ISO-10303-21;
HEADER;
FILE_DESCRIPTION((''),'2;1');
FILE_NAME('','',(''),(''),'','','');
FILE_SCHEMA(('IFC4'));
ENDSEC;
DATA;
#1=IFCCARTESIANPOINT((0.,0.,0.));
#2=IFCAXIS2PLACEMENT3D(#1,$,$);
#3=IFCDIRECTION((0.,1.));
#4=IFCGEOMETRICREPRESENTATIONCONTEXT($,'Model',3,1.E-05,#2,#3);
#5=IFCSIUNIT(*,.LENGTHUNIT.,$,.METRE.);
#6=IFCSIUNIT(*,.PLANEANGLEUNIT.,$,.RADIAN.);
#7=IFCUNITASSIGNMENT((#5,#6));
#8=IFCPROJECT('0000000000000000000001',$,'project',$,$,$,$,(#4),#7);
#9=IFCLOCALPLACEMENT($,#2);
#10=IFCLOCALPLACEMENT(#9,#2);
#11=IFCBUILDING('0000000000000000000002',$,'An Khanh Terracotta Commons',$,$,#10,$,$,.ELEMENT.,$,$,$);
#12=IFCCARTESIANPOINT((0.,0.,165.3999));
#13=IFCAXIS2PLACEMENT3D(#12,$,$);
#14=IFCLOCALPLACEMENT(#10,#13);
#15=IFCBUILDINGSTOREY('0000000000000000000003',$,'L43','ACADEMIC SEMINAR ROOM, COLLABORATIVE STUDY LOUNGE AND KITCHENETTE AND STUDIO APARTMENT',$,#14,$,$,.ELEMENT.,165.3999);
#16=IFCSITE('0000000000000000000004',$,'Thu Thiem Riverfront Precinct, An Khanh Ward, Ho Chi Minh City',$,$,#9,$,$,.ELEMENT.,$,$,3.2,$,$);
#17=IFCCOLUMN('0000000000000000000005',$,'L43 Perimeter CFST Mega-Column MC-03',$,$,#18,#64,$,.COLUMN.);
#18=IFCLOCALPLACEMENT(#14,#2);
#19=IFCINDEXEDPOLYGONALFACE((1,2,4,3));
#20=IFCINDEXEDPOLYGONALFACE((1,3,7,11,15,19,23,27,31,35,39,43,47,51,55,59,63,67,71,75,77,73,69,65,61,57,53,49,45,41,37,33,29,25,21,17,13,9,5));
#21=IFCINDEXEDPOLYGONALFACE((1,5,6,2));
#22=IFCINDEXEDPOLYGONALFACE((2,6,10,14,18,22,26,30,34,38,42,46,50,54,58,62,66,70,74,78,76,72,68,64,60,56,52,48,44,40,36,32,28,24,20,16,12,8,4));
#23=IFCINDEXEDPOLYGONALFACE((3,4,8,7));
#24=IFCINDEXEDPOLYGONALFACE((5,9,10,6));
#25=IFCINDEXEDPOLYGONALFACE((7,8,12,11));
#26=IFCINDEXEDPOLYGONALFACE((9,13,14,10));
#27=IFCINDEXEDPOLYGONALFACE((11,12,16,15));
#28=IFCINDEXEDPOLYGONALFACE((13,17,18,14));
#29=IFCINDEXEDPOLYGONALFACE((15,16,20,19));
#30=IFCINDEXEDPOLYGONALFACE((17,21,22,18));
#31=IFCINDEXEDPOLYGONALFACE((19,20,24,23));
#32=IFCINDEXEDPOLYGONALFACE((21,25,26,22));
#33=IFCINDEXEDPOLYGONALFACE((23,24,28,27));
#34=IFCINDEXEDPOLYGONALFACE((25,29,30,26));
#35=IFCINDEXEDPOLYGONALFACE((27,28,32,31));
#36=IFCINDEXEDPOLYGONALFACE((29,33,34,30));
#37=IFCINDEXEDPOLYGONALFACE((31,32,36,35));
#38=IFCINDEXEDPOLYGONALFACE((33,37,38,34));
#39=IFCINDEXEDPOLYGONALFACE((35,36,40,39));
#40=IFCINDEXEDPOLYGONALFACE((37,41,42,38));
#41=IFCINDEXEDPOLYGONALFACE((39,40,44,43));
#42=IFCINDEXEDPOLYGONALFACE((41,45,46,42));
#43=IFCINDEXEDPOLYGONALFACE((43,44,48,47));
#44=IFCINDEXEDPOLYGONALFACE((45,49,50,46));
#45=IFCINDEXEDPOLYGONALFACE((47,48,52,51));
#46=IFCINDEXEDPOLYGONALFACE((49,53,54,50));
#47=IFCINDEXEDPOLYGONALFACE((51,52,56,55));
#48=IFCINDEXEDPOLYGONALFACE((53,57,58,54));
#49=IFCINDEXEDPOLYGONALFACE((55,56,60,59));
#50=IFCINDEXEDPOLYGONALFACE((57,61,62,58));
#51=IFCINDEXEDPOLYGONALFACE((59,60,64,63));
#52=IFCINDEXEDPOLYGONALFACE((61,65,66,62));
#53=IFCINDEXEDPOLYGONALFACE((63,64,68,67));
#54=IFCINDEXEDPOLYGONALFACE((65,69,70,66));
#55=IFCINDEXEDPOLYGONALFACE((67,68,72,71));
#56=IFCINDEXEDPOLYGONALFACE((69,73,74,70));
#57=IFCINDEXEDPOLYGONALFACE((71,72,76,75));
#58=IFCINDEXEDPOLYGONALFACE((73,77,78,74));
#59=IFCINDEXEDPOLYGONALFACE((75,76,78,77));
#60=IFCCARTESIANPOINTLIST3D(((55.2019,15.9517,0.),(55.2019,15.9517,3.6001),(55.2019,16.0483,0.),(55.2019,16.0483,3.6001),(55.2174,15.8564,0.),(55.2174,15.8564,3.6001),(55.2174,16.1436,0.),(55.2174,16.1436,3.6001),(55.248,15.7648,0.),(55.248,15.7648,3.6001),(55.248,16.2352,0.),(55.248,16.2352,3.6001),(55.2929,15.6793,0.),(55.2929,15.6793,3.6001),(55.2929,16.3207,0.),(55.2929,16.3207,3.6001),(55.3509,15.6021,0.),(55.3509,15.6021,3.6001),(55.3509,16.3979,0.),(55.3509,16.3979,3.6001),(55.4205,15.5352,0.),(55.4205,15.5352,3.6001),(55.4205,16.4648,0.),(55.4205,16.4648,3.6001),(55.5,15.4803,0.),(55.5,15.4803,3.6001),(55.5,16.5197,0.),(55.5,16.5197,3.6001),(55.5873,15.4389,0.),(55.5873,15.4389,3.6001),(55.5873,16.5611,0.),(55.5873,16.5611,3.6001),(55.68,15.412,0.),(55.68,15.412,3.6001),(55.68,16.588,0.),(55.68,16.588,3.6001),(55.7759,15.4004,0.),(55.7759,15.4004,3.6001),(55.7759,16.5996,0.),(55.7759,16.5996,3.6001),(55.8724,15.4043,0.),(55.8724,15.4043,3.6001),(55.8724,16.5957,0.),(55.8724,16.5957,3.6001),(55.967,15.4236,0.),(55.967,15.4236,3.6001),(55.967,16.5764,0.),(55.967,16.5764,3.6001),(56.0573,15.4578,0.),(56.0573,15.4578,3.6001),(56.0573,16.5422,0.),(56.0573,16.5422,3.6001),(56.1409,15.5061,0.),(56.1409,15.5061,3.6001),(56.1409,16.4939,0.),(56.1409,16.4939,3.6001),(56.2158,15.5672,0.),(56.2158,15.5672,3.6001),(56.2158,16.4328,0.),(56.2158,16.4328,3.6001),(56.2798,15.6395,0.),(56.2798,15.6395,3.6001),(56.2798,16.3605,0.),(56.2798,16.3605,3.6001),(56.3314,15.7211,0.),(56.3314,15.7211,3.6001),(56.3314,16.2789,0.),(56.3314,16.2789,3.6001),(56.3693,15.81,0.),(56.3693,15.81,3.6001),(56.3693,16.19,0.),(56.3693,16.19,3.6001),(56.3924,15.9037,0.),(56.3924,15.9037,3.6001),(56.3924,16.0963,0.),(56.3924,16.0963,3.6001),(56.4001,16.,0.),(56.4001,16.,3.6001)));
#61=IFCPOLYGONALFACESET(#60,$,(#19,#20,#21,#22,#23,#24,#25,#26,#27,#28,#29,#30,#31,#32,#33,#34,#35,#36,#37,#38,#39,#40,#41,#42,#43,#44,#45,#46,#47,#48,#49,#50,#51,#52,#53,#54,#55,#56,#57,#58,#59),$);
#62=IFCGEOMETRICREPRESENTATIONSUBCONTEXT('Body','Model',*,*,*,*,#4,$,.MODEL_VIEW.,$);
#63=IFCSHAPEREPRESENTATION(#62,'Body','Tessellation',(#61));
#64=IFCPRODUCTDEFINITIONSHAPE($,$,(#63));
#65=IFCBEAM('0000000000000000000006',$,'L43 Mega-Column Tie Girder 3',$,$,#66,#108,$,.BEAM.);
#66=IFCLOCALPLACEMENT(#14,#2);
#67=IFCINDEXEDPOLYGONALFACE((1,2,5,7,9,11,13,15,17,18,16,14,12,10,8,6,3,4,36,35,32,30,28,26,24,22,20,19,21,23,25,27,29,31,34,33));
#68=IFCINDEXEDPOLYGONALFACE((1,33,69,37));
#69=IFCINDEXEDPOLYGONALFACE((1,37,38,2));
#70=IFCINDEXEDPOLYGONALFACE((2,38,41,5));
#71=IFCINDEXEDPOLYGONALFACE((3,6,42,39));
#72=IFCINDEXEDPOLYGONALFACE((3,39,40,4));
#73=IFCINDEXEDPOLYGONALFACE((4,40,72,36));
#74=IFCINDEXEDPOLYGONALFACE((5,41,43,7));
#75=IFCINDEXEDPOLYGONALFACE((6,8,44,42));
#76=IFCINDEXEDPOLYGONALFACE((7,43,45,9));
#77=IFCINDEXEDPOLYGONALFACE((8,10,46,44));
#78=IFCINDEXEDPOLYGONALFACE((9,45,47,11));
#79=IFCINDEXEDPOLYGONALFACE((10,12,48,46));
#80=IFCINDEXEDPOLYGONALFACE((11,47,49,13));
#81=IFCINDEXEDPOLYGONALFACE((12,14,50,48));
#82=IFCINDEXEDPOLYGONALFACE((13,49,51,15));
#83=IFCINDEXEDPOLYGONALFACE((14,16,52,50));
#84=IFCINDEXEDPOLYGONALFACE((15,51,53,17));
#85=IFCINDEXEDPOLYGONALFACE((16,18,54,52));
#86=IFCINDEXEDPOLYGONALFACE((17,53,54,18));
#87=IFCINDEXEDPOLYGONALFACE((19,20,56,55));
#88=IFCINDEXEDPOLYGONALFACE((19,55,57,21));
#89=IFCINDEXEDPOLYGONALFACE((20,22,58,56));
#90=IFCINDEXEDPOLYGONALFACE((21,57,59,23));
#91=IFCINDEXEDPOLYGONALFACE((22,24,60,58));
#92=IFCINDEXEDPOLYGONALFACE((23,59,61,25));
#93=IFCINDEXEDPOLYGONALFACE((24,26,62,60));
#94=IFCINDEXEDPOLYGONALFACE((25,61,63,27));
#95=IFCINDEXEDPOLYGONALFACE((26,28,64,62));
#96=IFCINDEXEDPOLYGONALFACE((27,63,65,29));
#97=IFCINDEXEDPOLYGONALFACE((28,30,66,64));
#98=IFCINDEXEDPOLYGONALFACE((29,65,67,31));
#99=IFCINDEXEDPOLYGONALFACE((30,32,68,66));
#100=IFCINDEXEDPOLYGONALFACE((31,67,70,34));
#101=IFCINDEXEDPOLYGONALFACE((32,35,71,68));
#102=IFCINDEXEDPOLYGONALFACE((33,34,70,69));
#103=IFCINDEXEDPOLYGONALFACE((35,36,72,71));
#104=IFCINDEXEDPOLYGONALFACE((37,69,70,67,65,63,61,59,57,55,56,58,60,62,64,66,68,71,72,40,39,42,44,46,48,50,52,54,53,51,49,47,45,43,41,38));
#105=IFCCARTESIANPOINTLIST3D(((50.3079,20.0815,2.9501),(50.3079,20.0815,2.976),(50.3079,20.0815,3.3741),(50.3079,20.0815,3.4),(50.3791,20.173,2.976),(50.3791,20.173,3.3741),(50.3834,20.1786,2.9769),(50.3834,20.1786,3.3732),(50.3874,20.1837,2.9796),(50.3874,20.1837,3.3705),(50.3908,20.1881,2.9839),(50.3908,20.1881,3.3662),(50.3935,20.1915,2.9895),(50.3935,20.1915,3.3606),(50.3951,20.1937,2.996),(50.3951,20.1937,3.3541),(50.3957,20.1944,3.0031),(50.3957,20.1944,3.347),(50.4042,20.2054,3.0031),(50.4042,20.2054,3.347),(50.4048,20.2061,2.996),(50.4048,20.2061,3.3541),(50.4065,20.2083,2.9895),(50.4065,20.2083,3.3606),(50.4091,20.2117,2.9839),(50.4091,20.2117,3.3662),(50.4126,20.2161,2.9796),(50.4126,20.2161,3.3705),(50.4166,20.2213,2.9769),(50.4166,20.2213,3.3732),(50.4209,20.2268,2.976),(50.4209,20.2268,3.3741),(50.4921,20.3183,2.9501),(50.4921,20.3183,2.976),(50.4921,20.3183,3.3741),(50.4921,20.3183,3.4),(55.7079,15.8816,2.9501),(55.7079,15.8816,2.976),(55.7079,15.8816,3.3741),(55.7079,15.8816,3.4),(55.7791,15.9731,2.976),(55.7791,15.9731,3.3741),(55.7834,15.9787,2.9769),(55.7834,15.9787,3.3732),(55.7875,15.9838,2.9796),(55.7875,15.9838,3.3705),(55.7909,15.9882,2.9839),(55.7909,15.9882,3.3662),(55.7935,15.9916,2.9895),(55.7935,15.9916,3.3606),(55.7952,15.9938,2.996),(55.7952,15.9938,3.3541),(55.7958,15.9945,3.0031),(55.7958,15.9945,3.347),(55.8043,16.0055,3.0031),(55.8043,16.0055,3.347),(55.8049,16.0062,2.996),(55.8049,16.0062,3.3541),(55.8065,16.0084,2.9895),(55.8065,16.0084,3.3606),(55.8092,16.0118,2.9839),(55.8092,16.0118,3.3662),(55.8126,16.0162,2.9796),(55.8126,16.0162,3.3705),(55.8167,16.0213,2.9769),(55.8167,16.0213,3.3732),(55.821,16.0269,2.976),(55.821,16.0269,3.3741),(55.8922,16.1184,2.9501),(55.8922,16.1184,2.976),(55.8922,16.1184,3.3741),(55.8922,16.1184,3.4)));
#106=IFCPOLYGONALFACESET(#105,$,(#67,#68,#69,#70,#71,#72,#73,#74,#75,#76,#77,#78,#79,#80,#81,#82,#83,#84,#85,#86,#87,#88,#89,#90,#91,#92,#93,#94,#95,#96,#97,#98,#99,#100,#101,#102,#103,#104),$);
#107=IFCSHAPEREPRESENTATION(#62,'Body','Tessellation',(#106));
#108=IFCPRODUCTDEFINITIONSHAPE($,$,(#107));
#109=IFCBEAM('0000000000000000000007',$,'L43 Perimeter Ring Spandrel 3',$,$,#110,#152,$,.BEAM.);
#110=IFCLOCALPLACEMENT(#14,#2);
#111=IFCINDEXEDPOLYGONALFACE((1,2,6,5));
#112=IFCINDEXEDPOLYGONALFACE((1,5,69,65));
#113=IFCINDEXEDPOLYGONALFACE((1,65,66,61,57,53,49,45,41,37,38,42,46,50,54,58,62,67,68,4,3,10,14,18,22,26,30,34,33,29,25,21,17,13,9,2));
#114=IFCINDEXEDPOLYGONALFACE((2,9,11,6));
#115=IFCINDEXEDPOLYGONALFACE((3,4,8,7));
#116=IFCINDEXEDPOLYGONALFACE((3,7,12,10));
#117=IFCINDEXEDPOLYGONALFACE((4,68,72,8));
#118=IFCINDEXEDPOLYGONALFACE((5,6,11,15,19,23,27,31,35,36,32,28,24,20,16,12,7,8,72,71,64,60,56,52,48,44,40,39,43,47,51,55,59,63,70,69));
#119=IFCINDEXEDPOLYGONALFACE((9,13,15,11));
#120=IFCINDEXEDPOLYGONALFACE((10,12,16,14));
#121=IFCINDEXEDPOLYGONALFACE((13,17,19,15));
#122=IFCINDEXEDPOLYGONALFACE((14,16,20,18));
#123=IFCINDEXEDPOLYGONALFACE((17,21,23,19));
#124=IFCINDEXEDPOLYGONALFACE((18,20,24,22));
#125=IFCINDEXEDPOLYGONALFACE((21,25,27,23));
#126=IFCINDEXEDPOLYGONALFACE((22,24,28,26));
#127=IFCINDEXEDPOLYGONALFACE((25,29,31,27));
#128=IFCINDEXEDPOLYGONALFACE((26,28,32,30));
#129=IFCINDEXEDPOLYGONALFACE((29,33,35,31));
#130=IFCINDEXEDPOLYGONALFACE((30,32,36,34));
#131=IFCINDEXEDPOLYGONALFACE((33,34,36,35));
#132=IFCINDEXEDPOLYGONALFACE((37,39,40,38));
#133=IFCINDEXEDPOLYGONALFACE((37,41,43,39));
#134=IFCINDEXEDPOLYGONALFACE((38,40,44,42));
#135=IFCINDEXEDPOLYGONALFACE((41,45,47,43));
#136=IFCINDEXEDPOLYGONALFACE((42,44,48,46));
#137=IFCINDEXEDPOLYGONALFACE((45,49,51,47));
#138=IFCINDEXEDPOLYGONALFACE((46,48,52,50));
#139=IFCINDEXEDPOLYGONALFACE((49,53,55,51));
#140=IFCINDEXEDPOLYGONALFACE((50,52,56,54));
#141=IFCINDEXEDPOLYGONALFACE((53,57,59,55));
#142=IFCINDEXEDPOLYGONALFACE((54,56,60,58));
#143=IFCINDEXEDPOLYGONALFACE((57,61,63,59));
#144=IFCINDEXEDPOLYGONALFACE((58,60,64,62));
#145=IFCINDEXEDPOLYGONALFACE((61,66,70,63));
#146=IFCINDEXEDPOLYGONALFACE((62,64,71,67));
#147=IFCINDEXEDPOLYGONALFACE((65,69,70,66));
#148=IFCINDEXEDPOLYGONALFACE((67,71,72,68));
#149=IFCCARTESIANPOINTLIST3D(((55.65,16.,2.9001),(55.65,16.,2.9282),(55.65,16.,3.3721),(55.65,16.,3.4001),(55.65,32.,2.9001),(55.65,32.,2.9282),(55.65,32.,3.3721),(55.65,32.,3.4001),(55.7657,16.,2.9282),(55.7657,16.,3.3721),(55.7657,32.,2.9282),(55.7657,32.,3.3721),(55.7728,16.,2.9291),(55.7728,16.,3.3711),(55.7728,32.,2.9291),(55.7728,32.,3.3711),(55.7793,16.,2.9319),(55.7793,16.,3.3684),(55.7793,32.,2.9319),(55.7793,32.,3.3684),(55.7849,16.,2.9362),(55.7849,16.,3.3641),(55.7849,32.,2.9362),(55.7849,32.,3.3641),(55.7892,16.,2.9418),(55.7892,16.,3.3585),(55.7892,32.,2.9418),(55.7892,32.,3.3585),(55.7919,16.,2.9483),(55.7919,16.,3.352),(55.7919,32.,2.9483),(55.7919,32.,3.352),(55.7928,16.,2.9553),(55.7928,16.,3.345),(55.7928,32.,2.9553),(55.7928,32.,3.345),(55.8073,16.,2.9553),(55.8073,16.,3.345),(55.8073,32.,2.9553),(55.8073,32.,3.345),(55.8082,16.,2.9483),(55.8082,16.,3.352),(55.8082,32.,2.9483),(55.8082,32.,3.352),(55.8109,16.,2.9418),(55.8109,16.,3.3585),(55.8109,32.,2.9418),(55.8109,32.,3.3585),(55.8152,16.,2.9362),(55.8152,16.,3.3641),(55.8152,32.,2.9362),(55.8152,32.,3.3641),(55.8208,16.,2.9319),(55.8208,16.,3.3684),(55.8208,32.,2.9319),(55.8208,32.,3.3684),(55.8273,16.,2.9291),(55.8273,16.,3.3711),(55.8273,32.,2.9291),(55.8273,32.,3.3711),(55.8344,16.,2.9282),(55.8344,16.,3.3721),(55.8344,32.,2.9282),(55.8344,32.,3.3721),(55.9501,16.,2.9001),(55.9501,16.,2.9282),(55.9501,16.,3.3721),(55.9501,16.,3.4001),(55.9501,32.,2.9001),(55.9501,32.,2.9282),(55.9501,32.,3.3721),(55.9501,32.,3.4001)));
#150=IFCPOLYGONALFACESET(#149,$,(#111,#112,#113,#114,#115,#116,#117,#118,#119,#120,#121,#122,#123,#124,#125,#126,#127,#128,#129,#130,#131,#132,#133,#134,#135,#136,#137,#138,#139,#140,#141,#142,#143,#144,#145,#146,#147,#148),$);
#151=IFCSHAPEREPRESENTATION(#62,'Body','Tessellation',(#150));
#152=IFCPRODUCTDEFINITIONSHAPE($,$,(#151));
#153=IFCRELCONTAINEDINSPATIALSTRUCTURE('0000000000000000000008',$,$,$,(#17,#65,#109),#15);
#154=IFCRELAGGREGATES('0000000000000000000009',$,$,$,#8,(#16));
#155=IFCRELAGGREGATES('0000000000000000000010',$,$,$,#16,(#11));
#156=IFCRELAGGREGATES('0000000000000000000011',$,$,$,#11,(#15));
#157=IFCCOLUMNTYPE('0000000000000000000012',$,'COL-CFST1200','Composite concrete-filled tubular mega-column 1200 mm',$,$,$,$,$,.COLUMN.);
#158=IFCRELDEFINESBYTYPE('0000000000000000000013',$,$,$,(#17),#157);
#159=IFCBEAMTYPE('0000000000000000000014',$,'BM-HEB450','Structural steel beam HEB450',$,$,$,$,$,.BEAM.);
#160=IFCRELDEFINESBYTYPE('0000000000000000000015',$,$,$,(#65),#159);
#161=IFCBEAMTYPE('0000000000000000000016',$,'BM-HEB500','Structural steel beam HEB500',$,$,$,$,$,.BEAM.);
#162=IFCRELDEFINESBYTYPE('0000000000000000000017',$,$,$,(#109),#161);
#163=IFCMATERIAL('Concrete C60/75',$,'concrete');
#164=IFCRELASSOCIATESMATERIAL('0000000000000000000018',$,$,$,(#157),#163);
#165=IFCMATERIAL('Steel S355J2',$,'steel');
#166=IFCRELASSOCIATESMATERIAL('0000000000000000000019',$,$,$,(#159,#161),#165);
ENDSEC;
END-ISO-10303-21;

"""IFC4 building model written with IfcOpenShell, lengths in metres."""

from ifc_helpers import new_model, si_unit, direction, frame, origin, origin_2d, place, context, subcontext, project, spatial, circle, i_section, extrude, material, material_profile, profile_set, type_object, element, save


model = new_model("IFC4")

# Units and contexts
model_context = context("Model", 3, precision=1e-05, world=origin(), true_north=direction((0.0, 1.0)))
body_context = subcontext(model_context, "Body", "Model", "MODEL_VIEW")
ifc_project = project(units=[si_unit("LENGTHUNIT", "METRE"), si_unit("PLANEANGLEUNIT", "RADIAN")], contexts=[model_context])

# Site, building, storey
site_placement = place(None, origin())
site = spatial("IfcSite", under=ifc_project, at=site_placement, Name="Thu Thiem Riverfront Precinct, An Khanh Ward, Ho Chi Minh City", CompositionType="ELEMENT", RefElevation=3.2)
building_placement = place(site_placement, origin())
building = spatial("IfcBuilding", under=site, at=building_placement, Name="An Khanh Terracotta Commons", CompositionType="ELEMENT")
storey_placement = place(building_placement, frame((0.0, 0.0, 165.3999)))
storey = spatial("IfcBuildingStorey", under=building, at=storey_placement, Name="L43", Description="ACADEMIC SEMINAR ROOM, COLLABORATIVE STUDY LOUNGE AND KITCHENETTE AND STUDIO APARTMENT", CompositionType="ELEMENT", Elevation=165.3999)

# Column
ifc_material_1 = material(Name="Concrete C60/75", Category="concrete")
ifc_material_profile_1 = material_profile(ifc_material_1, circle(Radius=0.6001, at=origin_2d()), Name="CFST1200")
ifc_profile_set_1 = profile_set([ifc_material_profile_1], Name="Concrete C60/75")
column_type = type_object("IfcColumnType", Name="COL-CFST1200", Description="Composite concrete-filled tubular mega-column 1200 mm", PredefinedType="COLUMN", material=ifc_profile_set_1)
column_placement = place(storey_placement, frame((55.8, 16.0, 0.0), z_axis=(0.0, 0.0, 1.0), x_axis=(1.0, 0.0, 0.0)))
element("IfcColumn", 1, at=column_placement, inside=storey, type_object=column_type, Name="L43 Perimeter CFST Mega-Column MC-03", PredefinedType="COLUMN", context=body_context, shape_type="SweptSolid", body=[
    extrude(circle(Radius=0.6001, at=origin_2d()), origin(), (0.0, 0.0, 1.0), 3.6001),
])

# Beams
ifc_material_2 = material(Name="Steel S355J2", Category="steel")
ifc_material_profile_2 = material_profile(ifc_material_2, i_section(OverallWidth=0.3, OverallDepth=0.45, WebThickness=0.0139, FlangeThickness=0.0259, FilletRadius=0.0271, at=origin_2d()), Name="HEB450")
ifc_profile_set_2 = profile_set([ifc_material_profile_2], Name="Steel S355J2")
beam_type_1 = type_object("IfcBeamType", Name="BM-HEB450", Description="Structural steel beam HEB450", PredefinedType="BEAM", material=ifc_profile_set_2)
beam_1_placement = place(storey_placement, frame((55.8, 16.0, 3.175), z_axis=(-0.789364, 0.613926, 0.0), x_axis=(-0.613926, -0.789364, 0.0)))
element("IfcBeam", 2, at=beam_1_placement, inside=storey, type_object=beam_type_1, Name="L43 Mega-Column Tie Girder 3", PredefinedType="BEAM", context=body_context, shape_type="SweptSolid", body=[
    extrude(i_section(OverallWidth=0.3, OverallDepth=0.45, WebThickness=0.0139, FlangeThickness=0.0259, FilletRadius=0.0271, at=origin_2d()), origin(), (0.0, 0.0, 1.0), 6.8411),
])
ifc_material_profile_3 = material_profile(ifc_material_2, i_section(OverallWidth=0.3, OverallDepth=0.5, WebThickness=0.0144, FlangeThickness=0.0281, FilletRadius=0.0271, at=origin_2d()), Name="HEB500")
ifc_profile_set_3 = profile_set([ifc_material_profile_3], Name="Steel S355J2")
beam_type_2 = type_object("IfcBeamType", Name="BM-HEB500", Description="Structural steel beam HEB500", PredefinedType="BEAM", material=ifc_profile_set_3)
beam_2_placement = place(storey_placement, frame((55.8, 16.0, 3.1501), z_axis=(0.0, 1.0, 0.0), x_axis=(-1.0, 0.0, 0.0)))
element("IfcBeam", 3, at=beam_2_placement, inside=storey, type_object=beam_type_2, Name="L43 Perimeter Ring Spandrel 3", PredefinedType="BEAM", context=body_context, shape_type="SweptSolid", body=[
    extrude(i_section(OverallWidth=0.3, OverallDepth=0.5, WebThickness=0.0144, FlangeThickness=0.0281, FilletRadius=0.0271, at=origin_2d()), origin(), (0.0, 0.0, 1.0), 16.0),
])

save(model, "model.ifc")
